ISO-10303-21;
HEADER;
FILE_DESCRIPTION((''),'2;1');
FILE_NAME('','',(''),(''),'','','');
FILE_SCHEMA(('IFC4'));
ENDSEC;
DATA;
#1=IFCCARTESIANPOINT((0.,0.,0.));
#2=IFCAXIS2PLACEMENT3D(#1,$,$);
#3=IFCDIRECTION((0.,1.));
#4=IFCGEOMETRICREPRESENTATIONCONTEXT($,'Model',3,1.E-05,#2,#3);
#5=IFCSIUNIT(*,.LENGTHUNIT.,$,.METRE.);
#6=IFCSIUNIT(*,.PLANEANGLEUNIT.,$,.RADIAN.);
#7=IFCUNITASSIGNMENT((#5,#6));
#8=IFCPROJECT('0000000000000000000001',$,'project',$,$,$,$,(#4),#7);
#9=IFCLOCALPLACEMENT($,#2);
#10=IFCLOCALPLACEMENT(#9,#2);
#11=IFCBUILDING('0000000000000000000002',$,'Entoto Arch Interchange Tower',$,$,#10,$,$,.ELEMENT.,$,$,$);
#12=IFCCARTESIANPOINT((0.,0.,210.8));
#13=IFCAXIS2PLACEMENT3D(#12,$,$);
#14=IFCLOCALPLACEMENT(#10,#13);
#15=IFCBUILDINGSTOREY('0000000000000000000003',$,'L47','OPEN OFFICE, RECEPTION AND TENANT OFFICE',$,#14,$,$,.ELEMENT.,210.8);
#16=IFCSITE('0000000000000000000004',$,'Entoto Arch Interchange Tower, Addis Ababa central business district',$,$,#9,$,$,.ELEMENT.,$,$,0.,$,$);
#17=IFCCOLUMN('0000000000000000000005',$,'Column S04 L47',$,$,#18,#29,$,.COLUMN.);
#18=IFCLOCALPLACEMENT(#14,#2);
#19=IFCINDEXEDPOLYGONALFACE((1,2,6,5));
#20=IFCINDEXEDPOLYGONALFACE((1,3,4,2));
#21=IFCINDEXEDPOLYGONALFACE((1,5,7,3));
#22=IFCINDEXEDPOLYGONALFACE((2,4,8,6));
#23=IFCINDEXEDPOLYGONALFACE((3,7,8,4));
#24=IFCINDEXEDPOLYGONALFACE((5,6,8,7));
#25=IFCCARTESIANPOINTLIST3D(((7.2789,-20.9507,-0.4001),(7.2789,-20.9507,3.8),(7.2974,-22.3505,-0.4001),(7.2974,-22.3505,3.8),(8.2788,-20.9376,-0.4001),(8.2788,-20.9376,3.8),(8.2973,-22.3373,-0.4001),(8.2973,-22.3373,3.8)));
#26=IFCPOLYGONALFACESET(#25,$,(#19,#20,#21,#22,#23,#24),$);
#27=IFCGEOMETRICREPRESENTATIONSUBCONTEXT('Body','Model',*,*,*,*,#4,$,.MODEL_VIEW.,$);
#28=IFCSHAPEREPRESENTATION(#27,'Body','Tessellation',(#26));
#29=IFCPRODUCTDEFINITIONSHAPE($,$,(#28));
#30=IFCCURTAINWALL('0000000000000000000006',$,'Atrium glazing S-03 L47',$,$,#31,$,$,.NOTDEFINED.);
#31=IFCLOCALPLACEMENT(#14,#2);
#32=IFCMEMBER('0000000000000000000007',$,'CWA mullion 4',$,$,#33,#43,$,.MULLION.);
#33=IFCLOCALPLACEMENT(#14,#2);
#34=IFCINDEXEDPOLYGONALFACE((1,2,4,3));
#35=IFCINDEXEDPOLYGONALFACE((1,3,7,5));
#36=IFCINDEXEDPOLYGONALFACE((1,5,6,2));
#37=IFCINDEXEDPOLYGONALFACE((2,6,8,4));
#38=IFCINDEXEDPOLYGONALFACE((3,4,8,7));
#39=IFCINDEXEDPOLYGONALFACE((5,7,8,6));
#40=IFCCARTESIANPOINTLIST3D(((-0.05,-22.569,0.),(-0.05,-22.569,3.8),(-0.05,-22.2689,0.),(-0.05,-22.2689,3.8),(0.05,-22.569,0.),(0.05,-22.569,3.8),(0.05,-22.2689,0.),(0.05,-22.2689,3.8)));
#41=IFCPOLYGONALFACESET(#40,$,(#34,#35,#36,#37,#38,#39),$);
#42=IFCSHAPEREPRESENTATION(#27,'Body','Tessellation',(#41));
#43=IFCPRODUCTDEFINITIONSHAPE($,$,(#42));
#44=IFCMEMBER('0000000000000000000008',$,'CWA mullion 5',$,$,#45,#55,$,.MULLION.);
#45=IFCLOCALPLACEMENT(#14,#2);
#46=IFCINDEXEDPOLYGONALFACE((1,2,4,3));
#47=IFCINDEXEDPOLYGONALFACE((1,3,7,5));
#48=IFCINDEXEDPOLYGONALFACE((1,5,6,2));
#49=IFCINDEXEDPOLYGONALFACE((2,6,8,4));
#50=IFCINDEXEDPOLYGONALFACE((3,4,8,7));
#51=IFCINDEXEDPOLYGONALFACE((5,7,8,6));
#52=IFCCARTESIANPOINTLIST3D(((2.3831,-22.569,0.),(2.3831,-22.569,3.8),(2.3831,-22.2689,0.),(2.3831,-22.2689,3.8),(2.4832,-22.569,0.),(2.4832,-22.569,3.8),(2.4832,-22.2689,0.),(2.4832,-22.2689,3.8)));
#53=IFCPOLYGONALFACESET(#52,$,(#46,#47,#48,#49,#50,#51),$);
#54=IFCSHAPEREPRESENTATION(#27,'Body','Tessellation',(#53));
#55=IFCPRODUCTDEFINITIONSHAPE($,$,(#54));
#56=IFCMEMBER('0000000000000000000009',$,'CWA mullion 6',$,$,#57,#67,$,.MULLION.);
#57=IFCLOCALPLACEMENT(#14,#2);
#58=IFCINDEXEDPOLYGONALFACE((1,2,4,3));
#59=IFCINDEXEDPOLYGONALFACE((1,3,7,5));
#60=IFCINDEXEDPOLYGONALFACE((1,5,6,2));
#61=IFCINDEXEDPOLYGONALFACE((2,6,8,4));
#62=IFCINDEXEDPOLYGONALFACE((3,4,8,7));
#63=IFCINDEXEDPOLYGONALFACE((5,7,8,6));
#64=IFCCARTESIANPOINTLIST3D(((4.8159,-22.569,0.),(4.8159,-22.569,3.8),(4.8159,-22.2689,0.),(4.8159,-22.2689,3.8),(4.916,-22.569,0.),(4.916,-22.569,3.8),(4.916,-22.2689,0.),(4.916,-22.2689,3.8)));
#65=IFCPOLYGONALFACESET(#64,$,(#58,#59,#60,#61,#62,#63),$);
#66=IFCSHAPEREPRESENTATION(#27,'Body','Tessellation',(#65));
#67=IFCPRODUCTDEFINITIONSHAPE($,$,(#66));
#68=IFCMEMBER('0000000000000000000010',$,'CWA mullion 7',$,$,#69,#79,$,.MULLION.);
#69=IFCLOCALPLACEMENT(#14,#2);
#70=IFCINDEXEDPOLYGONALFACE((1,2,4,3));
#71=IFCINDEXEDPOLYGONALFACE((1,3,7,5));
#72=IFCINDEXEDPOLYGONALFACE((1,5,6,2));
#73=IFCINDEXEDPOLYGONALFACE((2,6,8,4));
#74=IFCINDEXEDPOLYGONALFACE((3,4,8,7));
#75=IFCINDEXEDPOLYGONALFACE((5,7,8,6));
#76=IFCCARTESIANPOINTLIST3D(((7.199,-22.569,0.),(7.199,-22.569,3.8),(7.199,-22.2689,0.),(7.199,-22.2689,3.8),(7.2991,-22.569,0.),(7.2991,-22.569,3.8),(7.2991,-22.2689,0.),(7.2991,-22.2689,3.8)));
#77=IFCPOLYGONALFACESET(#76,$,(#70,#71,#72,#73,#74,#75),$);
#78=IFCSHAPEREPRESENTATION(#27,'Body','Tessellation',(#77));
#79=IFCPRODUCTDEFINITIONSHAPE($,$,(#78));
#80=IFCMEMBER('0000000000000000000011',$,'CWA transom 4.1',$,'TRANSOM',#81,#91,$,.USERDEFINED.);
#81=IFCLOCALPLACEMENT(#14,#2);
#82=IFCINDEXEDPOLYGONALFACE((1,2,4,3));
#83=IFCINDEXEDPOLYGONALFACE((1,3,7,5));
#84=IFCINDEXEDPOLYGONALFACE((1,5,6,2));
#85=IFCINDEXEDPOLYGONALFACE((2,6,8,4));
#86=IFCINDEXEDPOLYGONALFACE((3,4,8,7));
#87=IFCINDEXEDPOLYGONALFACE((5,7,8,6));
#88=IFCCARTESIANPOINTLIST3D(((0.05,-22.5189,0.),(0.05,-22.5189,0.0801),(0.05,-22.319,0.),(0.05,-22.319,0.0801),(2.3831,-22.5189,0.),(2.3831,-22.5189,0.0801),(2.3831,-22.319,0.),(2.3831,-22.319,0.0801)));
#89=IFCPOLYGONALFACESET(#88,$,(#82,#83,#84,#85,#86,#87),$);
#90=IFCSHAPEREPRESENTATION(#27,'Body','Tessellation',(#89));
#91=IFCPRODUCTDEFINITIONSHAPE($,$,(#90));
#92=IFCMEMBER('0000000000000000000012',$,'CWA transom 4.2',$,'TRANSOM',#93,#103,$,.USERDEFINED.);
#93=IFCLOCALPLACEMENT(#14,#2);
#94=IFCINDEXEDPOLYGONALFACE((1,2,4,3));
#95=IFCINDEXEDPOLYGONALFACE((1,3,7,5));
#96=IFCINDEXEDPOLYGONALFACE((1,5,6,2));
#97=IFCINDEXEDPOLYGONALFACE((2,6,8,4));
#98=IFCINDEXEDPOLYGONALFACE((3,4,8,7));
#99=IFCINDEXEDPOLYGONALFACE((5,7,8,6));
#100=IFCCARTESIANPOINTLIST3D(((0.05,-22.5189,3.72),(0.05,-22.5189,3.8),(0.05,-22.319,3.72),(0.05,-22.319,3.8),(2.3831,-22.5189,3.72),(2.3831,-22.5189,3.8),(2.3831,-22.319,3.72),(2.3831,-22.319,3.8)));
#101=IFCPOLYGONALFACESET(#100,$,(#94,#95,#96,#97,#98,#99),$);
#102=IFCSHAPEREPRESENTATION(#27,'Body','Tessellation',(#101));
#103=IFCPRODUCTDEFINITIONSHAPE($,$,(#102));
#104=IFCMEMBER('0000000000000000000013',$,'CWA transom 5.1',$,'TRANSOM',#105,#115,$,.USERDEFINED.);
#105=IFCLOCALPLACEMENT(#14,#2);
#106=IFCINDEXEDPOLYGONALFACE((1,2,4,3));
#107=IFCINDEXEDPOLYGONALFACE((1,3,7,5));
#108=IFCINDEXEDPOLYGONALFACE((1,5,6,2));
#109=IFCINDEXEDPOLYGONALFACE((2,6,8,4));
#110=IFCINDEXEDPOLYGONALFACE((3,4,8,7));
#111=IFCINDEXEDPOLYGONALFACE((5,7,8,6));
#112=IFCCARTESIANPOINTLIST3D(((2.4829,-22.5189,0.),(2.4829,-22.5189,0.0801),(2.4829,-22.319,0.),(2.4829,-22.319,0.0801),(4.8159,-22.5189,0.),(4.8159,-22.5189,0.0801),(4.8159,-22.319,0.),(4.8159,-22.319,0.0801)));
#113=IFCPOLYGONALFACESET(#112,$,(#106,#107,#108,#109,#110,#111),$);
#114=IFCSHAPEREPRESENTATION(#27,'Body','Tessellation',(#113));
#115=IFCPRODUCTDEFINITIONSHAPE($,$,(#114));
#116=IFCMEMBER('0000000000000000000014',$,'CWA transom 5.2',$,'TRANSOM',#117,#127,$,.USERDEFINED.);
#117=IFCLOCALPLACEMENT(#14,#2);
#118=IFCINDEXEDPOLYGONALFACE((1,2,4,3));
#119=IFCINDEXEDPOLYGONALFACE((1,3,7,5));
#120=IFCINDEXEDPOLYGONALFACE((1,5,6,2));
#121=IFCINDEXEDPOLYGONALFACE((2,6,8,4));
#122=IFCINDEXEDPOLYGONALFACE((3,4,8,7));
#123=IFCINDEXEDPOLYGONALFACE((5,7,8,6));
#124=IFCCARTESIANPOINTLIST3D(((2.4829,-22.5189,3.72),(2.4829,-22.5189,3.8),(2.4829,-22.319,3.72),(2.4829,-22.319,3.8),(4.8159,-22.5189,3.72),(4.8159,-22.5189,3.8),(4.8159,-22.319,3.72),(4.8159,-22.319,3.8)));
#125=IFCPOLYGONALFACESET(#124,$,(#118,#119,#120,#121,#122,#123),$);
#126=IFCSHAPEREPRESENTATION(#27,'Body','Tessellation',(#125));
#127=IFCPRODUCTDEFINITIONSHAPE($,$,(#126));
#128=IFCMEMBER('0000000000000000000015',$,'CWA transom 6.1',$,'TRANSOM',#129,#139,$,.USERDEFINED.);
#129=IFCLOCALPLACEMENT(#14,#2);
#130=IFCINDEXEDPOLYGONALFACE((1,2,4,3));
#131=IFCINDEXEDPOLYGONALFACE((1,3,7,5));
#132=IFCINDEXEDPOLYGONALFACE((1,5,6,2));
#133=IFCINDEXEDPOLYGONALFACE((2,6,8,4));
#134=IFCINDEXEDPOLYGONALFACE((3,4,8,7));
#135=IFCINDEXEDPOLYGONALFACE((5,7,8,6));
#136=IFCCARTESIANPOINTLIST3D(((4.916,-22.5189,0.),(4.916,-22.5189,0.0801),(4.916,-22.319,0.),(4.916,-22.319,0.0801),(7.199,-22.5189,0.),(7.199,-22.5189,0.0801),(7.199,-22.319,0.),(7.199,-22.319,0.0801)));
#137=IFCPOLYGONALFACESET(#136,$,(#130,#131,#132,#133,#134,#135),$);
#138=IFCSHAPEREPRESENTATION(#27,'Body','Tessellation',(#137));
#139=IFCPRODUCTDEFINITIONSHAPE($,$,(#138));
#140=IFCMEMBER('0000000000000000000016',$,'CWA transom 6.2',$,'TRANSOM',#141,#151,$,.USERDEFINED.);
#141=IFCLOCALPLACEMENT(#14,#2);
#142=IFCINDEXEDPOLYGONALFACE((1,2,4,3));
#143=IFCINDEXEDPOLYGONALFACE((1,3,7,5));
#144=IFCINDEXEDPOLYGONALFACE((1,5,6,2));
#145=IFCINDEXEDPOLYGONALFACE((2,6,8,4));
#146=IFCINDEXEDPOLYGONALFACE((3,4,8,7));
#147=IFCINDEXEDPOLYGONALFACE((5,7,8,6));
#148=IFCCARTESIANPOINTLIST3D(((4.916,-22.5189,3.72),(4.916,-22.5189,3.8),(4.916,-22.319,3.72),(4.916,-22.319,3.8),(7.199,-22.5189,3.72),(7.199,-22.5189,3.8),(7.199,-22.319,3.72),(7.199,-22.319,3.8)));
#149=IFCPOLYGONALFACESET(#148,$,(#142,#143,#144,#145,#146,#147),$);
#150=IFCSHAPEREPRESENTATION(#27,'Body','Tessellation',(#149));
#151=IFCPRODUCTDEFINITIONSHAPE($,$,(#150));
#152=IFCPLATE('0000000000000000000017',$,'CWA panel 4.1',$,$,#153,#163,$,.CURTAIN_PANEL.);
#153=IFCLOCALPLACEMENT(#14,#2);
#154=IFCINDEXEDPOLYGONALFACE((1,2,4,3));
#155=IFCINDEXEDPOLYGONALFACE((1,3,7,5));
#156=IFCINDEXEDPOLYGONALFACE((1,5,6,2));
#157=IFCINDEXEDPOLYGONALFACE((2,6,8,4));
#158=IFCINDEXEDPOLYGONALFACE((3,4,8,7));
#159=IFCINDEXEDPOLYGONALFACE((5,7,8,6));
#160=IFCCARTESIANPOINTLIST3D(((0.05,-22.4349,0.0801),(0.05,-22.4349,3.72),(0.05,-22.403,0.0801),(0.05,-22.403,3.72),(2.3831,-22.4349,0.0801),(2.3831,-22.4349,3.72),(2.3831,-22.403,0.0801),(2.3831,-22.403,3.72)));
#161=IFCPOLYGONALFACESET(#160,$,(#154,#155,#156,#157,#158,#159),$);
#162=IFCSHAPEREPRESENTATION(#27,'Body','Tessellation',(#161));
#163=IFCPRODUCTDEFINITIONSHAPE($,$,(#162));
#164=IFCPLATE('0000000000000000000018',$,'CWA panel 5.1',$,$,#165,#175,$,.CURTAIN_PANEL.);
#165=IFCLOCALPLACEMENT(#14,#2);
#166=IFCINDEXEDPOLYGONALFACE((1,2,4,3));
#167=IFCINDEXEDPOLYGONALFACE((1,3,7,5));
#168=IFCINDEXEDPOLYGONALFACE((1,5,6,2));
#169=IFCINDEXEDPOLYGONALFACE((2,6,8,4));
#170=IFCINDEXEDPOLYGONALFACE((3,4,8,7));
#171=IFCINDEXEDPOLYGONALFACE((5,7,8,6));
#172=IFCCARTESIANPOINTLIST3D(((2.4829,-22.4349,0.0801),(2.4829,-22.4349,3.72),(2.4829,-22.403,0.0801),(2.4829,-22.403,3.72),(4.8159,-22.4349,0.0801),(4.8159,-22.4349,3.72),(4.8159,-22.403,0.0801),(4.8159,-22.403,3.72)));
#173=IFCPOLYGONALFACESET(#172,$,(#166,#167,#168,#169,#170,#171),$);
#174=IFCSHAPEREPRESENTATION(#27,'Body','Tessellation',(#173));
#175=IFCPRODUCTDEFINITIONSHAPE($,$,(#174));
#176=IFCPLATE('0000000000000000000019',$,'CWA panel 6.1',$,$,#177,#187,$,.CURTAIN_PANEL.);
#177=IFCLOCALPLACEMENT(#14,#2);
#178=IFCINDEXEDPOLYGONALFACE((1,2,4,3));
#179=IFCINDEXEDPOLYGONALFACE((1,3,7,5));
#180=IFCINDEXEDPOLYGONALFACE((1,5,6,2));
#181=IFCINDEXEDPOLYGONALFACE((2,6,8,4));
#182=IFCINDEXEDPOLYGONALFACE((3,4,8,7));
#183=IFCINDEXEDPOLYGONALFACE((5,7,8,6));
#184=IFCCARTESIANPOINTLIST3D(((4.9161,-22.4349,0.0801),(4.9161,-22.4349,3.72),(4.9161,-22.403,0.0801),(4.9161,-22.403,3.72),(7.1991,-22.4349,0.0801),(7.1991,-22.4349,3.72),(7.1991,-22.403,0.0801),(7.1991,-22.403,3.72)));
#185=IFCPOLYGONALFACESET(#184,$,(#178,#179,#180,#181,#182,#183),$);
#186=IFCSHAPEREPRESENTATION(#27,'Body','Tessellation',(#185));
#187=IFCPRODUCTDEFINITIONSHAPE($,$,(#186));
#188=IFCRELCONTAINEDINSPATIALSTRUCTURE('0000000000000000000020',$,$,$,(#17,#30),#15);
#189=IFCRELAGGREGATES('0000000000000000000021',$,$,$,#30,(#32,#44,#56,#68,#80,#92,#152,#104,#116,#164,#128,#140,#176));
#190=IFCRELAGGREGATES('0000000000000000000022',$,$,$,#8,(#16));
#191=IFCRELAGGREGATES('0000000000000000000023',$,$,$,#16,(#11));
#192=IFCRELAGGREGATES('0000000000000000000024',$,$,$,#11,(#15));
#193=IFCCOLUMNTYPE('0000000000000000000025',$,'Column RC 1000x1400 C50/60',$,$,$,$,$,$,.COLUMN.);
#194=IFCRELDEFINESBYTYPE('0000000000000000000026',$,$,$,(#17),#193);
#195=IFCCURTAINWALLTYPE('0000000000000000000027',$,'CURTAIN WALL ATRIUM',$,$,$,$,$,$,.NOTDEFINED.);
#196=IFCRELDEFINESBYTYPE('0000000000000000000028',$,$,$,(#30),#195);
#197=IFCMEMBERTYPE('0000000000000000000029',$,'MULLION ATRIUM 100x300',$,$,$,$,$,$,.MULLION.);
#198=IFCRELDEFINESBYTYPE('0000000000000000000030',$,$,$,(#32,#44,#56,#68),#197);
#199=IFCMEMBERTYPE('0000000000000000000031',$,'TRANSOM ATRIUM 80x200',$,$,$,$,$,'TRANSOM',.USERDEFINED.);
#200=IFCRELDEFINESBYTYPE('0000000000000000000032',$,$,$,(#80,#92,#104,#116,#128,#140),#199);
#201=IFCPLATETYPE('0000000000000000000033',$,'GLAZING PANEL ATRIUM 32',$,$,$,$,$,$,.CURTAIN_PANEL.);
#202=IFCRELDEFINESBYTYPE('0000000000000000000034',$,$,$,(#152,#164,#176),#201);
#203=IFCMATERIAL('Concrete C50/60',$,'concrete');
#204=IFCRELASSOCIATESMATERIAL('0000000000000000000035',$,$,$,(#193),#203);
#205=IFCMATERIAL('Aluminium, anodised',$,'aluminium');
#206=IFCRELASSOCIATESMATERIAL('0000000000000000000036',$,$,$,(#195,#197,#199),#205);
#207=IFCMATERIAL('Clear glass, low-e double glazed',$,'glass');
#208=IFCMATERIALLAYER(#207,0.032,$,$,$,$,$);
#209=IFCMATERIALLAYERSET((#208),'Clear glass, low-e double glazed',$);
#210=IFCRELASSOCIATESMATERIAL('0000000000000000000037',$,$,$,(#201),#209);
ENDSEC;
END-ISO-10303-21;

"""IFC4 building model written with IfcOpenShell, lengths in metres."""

from ifc_helpers import new_model, si_unit, direction, frame, origin, origin_2d, place, context, subcontext, project, spatial, rectangle, extrude, material, layer, layer_set, material_profile, profile_set, type_object, element, aggregate, save


model = new_model("IFC4")

# Units and contexts
model_context = context("Model", 3, precision=1e-05, world=origin(), true_north=direction((0.0, 1.0)))
body_context = subcontext(model_context, "Body", "Model", "MODEL_VIEW")
ifc_project = project(units=[si_unit("LENGTHUNIT", "METRE"), si_unit("PLANEANGLEUNIT", "RADIAN")], contexts=[model_context])

# Site, building, storey
site_placement = place(None, origin())
site = spatial("IfcSite", under=ifc_project, at=site_placement, Name="Entoto Arch Interchange Tower, Addis Ababa central business district", CompositionType="ELEMENT", RefElevation=0.0)
building_placement = place(site_placement, origin())
building = spatial("IfcBuilding", under=site, at=building_placement, Name="Entoto Arch Interchange Tower", CompositionType="ELEMENT")
storey_placement = place(building_placement, frame((0.0, 0.0, 210.8)))
storey = spatial("IfcBuildingStorey", under=building, at=storey_placement, Name="L47", Description="OPEN OFFICE, RECEPTION AND TENANT OFFICE", CompositionType="ELEMENT", Elevation=210.8)

# Column
ifc_material_1 = material(Name="Concrete C50/60", Category="concrete")
ifc_material_profile_1 = material_profile(ifc_material_1, rectangle(XDim=1.0, YDim=1.3999, at=origin_2d()))
ifc_profile_set_1 = profile_set([ifc_material_profile_1], Name="Concrete C50/60")
column_type = type_object("IfcColumnType", Name="Column RC 1000x1400 C50/60", PredefinedType="COLUMN", material=ifc_profile_set_1)
column_placement = place(storey_placement, frame((7.7881, -21.644, -0.4001), z_axis=(0.0, 0.0, 1.0), x_axis=(0.999913, 0.013177, 0.0)))
element("IfcColumn", 1, at=column_placement, inside=storey, type_object=column_type, Name="Column S04 L47", PredefinedType="COLUMN", context=body_context, shape_type="SweptSolid", body=[
    extrude(rectangle(XDim=1.0, YDim=1.3999, at=origin_2d()), origin(), (0.0, 0.0, 1.0), 4.2002),
])

# Curtain wall, members, plates
ifc_material_2 = material(Name="Aluminium, anodised", Category="aluminium")
curtain_wall_type = type_object("IfcCurtainWallType", Name="CURTAIN WALL ATRIUM", PredefinedType="NOTDEFINED", material=ifc_material_2)
curtain_wall_placement = place(storey_placement, origin())
curtain_wall = element("IfcCurtainWall", 2, at=curtain_wall_placement, inside=storey, type_object=curtain_wall_type, Name="Atrium glazing S-03 L47", PredefinedType="NOTDEFINED")
ifc_material_profile_2 = material_profile(ifc_material_2, rectangle(XDim=0.3, YDim=0.1001, at=origin_2d()))
ifc_profile_set_2 = profile_set([ifc_material_profile_2], Name="Aluminium, anodised")
member_type_1 = type_object("IfcMemberType", Name="MULLION ATRIUM 100x300", PredefinedType="MULLION", material=ifc_profile_set_2)
member_1_placement = place(storey_placement, frame((0.0, -22.4189, 0.0), z_axis=(0.0, 0.0, 1.0), x_axis=(0.0, 1.0, 0.0)))
member_1 = element("IfcMember", 3, at=member_1_placement, type_object=member_type_1, Name="CWA mullion 4", PredefinedType="MULLION", context=body_context, shape_type="SweptSolid", body=[
    extrude(rectangle(XDim=0.3, YDim=0.1001, at=origin_2d()), origin(), (0.0, 0.0, 1.0), 3.8),
])
member_2_placement = place(storey_placement, frame((2.4331, -22.4189, 0.0), z_axis=(0.0, 0.0, 1.0), x_axis=(0.0, 1.0, 0.0)))
member_2 = element("IfcMember", 4, at=member_2_placement, type_object=member_type_1, Name="CWA mullion 5", PredefinedType="MULLION", context=body_context, shape_type="SweptSolid", body=[
    extrude(rectangle(XDim=0.3, YDim=0.1001, at=origin_2d()), origin(), (0.0, 0.0, 1.0), 3.8),
])
member_3_placement = place(storey_placement, frame((4.866, -22.4189, 0.0), z_axis=(0.0, 0.0, 1.0), x_axis=(0.0, 1.0, 0.0)))
member_3 = element("IfcMember", 5, at=member_3_placement, type_object=member_type_1, Name="CWA mullion 6", PredefinedType="MULLION", context=body_context, shape_type="SweptSolid", body=[
    extrude(rectangle(XDim=0.3, YDim=0.1001, at=origin_2d()), origin(), (0.0, 0.0, 1.0), 3.8),
])
member_4_placement = place(storey_placement, frame((7.249, -22.4189, 0.0), z_axis=(0.0, 0.0, 1.0), x_axis=(0.0, 1.0, 0.0)))
member_4 = element("IfcMember", 6, at=member_4_placement, type_object=member_type_1, Name="CWA mullion 7", PredefinedType="MULLION", context=body_context, shape_type="SweptSolid", body=[
    extrude(rectangle(XDim=0.3, YDim=0.1001, at=origin_2d()), origin(), (0.0, 0.0, 1.0), 3.8),
])
ifc_material_profile_3 = material_profile(ifc_material_2, rectangle(XDim=0.2, YDim=0.0801, at=origin_2d()))
ifc_profile_set_3 = profile_set([ifc_material_profile_3], Name="Aluminium, anodised")
member_type_2 = type_object("IfcMemberType", Name="TRANSOM ATRIUM 80x200", ElementType="TRANSOM", PredefinedType="USERDEFINED", material=ifc_profile_set_3)
member_5_placement = place(storey_placement, frame((0.05, -22.4189, 0.04), z_axis=(1.0, 0.0, 0.0), x_axis=(0.0, 1.0, 0.0)))
member_5 = element("IfcMember", 7, at=member_5_placement, type_object=member_type_2, Name="CWA transom 4.1", ObjectType="TRANSOM", PredefinedType="USERDEFINED", context=body_context, shape_type="SweptSolid", body=[
    extrude(rectangle(XDim=0.2, YDim=0.0801, at=origin_2d()), origin(), (0.0, 0.0, 1.0), 2.333),
])
member_6_placement = place(storey_placement, frame((0.05, -22.4189, 3.76), z_axis=(1.0, 0.0, 0.0), x_axis=(0.0, 1.0, 0.0)))
member_6 = element("IfcMember", 8, at=member_6_placement, type_object=member_type_2, Name="CWA transom 4.2", ObjectType="TRANSOM", PredefinedType="USERDEFINED", context=body_context, shape_type="SweptSolid", body=[
    extrude(rectangle(XDim=0.2, YDim=0.0801, at=origin_2d()), origin(), (0.0, 0.0, 1.0), 2.333),
])
member_7_placement = place(storey_placement, frame((2.4829, -22.4189, 0.04), z_axis=(1.0, 0.0, 0.0), x_axis=(0.0, 1.0, 0.0)))
member_7 = element("IfcMember", 9, at=member_7_placement, type_object=member_type_2, Name="CWA transom 5.1", ObjectType="TRANSOM", PredefinedType="USERDEFINED", context=body_context, shape_type="SweptSolid", body=[
    extrude(rectangle(XDim=0.2, YDim=0.0801, at=origin_2d()), origin(), (0.0, 0.0, 1.0), 2.333),
])
member_8_placement = place(storey_placement, frame((2.4829, -22.4189, 3.76), z_axis=(1.0, 0.0, 0.0), x_axis=(0.0, 1.0, 0.0)))
member_8 = element("IfcMember", 10, at=member_8_placement, type_object=member_type_2, Name="CWA transom 5.2", ObjectType="TRANSOM", PredefinedType="USERDEFINED", context=body_context, shape_type="SweptSolid", body=[
    extrude(rectangle(XDim=0.2, YDim=0.0801, at=origin_2d()), origin(), (0.0, 0.0, 1.0), 2.333),
])
member_9_placement = place(storey_placement, frame((4.916, -22.4189, 0.04), z_axis=(1.0, 0.0, 0.0), x_axis=(0.0, 1.0, 0.0)))
member_9 = element("IfcMember", 11, at=member_9_placement, type_object=member_type_2, Name="CWA transom 6.1", ObjectType="TRANSOM", PredefinedType="USERDEFINED", context=body_context, shape_type="SweptSolid", body=[
    extrude(rectangle(XDim=0.2, YDim=0.0801, at=origin_2d()), origin(), (0.0, 0.0, 1.0), 2.283),
])
member_10_placement = place(storey_placement, frame((4.916, -22.4189, 3.76), z_axis=(1.0, 0.0, 0.0), x_axis=(0.0, 1.0, 0.0)))
member_10 = element("IfcMember", 12, at=member_10_placement, type_object=member_type_2, Name="CWA transom 6.2", ObjectType="TRANSOM", PredefinedType="USERDEFINED", context=body_context, shape_type="SweptSolid", body=[
    extrude(rectangle(XDim=0.2, YDim=0.0801, at=origin_2d()), origin(), (0.0, 0.0, 1.0), 2.283),
])
ifc_material_3 = material(Name="Clear glass, low-e double glazed", Category="glass")
ifc_layer_1 = layer(ifc_material_3, 0.032)
ifc_layer_set_1 = layer_set([ifc_layer_1], Name="Clear glass, low-e double glazed")
plate_type = type_object("IfcPlateType", Name="GLAZING PANEL ATRIUM 32", PredefinedType="CURTAIN_PANEL", material=ifc_layer_set_1)
plate_1_placement = place(storey_placement, frame((1.2166, -22.4189, 0.0801), z_axis=(0.0, 0.0, 1.0), x_axis=(1.0, 0.0, 0.0)))
plate_1 = element("IfcPlate", 13, at=plate_1_placement, type_object=plate_type, Name="CWA panel 4.1", PredefinedType="CURTAIN_PANEL", context=body_context, shape_type="SweptSolid", body=[
    extrude(rectangle(XDim=2.333, YDim=0.032, at=origin_2d()), origin(), (0.0, 0.0, 1.0), 3.6399),
])
plate_2_placement = place(storey_placement, frame((3.6494, -22.4189, 0.0801), z_axis=(0.0, 0.0, 1.0), x_axis=(1.0, 0.0, 0.0)))
plate_2 = element("IfcPlate", 14, at=plate_2_placement, type_object=plate_type, Name="CWA panel 5.1", PredefinedType="CURTAIN_PANEL", context=body_context, shape_type="SweptSolid", body=[
    extrude(rectangle(XDim=2.333, YDim=0.032, at=origin_2d()), origin(), (0.0, 0.0, 1.0), 3.6399),
])
plate_3_placement = place(storey_placement, frame((6.0576, -22.4189, 0.0801), z_axis=(0.0, 0.0, 1.0), x_axis=(1.0, 0.0, 0.0)))
plate_3 = element("IfcPlate", 15, at=plate_3_placement, type_object=plate_type, Name="CWA panel 6.1", PredefinedType="CURTAIN_PANEL", context=body_context, shape_type="SweptSolid", body=[
    extrude(rectangle(XDim=2.283, YDim=0.032, at=origin_2d()), origin(), (0.0, 0.0, 1.0), 3.6399),
])
aggregate(curtain_wall, [member_1, member_2, member_3, member_4, member_5, member_6, plate_1, member_7, member_8, plate_2, member_9, member_10, plate_3])

save(model, "model.ifc")
